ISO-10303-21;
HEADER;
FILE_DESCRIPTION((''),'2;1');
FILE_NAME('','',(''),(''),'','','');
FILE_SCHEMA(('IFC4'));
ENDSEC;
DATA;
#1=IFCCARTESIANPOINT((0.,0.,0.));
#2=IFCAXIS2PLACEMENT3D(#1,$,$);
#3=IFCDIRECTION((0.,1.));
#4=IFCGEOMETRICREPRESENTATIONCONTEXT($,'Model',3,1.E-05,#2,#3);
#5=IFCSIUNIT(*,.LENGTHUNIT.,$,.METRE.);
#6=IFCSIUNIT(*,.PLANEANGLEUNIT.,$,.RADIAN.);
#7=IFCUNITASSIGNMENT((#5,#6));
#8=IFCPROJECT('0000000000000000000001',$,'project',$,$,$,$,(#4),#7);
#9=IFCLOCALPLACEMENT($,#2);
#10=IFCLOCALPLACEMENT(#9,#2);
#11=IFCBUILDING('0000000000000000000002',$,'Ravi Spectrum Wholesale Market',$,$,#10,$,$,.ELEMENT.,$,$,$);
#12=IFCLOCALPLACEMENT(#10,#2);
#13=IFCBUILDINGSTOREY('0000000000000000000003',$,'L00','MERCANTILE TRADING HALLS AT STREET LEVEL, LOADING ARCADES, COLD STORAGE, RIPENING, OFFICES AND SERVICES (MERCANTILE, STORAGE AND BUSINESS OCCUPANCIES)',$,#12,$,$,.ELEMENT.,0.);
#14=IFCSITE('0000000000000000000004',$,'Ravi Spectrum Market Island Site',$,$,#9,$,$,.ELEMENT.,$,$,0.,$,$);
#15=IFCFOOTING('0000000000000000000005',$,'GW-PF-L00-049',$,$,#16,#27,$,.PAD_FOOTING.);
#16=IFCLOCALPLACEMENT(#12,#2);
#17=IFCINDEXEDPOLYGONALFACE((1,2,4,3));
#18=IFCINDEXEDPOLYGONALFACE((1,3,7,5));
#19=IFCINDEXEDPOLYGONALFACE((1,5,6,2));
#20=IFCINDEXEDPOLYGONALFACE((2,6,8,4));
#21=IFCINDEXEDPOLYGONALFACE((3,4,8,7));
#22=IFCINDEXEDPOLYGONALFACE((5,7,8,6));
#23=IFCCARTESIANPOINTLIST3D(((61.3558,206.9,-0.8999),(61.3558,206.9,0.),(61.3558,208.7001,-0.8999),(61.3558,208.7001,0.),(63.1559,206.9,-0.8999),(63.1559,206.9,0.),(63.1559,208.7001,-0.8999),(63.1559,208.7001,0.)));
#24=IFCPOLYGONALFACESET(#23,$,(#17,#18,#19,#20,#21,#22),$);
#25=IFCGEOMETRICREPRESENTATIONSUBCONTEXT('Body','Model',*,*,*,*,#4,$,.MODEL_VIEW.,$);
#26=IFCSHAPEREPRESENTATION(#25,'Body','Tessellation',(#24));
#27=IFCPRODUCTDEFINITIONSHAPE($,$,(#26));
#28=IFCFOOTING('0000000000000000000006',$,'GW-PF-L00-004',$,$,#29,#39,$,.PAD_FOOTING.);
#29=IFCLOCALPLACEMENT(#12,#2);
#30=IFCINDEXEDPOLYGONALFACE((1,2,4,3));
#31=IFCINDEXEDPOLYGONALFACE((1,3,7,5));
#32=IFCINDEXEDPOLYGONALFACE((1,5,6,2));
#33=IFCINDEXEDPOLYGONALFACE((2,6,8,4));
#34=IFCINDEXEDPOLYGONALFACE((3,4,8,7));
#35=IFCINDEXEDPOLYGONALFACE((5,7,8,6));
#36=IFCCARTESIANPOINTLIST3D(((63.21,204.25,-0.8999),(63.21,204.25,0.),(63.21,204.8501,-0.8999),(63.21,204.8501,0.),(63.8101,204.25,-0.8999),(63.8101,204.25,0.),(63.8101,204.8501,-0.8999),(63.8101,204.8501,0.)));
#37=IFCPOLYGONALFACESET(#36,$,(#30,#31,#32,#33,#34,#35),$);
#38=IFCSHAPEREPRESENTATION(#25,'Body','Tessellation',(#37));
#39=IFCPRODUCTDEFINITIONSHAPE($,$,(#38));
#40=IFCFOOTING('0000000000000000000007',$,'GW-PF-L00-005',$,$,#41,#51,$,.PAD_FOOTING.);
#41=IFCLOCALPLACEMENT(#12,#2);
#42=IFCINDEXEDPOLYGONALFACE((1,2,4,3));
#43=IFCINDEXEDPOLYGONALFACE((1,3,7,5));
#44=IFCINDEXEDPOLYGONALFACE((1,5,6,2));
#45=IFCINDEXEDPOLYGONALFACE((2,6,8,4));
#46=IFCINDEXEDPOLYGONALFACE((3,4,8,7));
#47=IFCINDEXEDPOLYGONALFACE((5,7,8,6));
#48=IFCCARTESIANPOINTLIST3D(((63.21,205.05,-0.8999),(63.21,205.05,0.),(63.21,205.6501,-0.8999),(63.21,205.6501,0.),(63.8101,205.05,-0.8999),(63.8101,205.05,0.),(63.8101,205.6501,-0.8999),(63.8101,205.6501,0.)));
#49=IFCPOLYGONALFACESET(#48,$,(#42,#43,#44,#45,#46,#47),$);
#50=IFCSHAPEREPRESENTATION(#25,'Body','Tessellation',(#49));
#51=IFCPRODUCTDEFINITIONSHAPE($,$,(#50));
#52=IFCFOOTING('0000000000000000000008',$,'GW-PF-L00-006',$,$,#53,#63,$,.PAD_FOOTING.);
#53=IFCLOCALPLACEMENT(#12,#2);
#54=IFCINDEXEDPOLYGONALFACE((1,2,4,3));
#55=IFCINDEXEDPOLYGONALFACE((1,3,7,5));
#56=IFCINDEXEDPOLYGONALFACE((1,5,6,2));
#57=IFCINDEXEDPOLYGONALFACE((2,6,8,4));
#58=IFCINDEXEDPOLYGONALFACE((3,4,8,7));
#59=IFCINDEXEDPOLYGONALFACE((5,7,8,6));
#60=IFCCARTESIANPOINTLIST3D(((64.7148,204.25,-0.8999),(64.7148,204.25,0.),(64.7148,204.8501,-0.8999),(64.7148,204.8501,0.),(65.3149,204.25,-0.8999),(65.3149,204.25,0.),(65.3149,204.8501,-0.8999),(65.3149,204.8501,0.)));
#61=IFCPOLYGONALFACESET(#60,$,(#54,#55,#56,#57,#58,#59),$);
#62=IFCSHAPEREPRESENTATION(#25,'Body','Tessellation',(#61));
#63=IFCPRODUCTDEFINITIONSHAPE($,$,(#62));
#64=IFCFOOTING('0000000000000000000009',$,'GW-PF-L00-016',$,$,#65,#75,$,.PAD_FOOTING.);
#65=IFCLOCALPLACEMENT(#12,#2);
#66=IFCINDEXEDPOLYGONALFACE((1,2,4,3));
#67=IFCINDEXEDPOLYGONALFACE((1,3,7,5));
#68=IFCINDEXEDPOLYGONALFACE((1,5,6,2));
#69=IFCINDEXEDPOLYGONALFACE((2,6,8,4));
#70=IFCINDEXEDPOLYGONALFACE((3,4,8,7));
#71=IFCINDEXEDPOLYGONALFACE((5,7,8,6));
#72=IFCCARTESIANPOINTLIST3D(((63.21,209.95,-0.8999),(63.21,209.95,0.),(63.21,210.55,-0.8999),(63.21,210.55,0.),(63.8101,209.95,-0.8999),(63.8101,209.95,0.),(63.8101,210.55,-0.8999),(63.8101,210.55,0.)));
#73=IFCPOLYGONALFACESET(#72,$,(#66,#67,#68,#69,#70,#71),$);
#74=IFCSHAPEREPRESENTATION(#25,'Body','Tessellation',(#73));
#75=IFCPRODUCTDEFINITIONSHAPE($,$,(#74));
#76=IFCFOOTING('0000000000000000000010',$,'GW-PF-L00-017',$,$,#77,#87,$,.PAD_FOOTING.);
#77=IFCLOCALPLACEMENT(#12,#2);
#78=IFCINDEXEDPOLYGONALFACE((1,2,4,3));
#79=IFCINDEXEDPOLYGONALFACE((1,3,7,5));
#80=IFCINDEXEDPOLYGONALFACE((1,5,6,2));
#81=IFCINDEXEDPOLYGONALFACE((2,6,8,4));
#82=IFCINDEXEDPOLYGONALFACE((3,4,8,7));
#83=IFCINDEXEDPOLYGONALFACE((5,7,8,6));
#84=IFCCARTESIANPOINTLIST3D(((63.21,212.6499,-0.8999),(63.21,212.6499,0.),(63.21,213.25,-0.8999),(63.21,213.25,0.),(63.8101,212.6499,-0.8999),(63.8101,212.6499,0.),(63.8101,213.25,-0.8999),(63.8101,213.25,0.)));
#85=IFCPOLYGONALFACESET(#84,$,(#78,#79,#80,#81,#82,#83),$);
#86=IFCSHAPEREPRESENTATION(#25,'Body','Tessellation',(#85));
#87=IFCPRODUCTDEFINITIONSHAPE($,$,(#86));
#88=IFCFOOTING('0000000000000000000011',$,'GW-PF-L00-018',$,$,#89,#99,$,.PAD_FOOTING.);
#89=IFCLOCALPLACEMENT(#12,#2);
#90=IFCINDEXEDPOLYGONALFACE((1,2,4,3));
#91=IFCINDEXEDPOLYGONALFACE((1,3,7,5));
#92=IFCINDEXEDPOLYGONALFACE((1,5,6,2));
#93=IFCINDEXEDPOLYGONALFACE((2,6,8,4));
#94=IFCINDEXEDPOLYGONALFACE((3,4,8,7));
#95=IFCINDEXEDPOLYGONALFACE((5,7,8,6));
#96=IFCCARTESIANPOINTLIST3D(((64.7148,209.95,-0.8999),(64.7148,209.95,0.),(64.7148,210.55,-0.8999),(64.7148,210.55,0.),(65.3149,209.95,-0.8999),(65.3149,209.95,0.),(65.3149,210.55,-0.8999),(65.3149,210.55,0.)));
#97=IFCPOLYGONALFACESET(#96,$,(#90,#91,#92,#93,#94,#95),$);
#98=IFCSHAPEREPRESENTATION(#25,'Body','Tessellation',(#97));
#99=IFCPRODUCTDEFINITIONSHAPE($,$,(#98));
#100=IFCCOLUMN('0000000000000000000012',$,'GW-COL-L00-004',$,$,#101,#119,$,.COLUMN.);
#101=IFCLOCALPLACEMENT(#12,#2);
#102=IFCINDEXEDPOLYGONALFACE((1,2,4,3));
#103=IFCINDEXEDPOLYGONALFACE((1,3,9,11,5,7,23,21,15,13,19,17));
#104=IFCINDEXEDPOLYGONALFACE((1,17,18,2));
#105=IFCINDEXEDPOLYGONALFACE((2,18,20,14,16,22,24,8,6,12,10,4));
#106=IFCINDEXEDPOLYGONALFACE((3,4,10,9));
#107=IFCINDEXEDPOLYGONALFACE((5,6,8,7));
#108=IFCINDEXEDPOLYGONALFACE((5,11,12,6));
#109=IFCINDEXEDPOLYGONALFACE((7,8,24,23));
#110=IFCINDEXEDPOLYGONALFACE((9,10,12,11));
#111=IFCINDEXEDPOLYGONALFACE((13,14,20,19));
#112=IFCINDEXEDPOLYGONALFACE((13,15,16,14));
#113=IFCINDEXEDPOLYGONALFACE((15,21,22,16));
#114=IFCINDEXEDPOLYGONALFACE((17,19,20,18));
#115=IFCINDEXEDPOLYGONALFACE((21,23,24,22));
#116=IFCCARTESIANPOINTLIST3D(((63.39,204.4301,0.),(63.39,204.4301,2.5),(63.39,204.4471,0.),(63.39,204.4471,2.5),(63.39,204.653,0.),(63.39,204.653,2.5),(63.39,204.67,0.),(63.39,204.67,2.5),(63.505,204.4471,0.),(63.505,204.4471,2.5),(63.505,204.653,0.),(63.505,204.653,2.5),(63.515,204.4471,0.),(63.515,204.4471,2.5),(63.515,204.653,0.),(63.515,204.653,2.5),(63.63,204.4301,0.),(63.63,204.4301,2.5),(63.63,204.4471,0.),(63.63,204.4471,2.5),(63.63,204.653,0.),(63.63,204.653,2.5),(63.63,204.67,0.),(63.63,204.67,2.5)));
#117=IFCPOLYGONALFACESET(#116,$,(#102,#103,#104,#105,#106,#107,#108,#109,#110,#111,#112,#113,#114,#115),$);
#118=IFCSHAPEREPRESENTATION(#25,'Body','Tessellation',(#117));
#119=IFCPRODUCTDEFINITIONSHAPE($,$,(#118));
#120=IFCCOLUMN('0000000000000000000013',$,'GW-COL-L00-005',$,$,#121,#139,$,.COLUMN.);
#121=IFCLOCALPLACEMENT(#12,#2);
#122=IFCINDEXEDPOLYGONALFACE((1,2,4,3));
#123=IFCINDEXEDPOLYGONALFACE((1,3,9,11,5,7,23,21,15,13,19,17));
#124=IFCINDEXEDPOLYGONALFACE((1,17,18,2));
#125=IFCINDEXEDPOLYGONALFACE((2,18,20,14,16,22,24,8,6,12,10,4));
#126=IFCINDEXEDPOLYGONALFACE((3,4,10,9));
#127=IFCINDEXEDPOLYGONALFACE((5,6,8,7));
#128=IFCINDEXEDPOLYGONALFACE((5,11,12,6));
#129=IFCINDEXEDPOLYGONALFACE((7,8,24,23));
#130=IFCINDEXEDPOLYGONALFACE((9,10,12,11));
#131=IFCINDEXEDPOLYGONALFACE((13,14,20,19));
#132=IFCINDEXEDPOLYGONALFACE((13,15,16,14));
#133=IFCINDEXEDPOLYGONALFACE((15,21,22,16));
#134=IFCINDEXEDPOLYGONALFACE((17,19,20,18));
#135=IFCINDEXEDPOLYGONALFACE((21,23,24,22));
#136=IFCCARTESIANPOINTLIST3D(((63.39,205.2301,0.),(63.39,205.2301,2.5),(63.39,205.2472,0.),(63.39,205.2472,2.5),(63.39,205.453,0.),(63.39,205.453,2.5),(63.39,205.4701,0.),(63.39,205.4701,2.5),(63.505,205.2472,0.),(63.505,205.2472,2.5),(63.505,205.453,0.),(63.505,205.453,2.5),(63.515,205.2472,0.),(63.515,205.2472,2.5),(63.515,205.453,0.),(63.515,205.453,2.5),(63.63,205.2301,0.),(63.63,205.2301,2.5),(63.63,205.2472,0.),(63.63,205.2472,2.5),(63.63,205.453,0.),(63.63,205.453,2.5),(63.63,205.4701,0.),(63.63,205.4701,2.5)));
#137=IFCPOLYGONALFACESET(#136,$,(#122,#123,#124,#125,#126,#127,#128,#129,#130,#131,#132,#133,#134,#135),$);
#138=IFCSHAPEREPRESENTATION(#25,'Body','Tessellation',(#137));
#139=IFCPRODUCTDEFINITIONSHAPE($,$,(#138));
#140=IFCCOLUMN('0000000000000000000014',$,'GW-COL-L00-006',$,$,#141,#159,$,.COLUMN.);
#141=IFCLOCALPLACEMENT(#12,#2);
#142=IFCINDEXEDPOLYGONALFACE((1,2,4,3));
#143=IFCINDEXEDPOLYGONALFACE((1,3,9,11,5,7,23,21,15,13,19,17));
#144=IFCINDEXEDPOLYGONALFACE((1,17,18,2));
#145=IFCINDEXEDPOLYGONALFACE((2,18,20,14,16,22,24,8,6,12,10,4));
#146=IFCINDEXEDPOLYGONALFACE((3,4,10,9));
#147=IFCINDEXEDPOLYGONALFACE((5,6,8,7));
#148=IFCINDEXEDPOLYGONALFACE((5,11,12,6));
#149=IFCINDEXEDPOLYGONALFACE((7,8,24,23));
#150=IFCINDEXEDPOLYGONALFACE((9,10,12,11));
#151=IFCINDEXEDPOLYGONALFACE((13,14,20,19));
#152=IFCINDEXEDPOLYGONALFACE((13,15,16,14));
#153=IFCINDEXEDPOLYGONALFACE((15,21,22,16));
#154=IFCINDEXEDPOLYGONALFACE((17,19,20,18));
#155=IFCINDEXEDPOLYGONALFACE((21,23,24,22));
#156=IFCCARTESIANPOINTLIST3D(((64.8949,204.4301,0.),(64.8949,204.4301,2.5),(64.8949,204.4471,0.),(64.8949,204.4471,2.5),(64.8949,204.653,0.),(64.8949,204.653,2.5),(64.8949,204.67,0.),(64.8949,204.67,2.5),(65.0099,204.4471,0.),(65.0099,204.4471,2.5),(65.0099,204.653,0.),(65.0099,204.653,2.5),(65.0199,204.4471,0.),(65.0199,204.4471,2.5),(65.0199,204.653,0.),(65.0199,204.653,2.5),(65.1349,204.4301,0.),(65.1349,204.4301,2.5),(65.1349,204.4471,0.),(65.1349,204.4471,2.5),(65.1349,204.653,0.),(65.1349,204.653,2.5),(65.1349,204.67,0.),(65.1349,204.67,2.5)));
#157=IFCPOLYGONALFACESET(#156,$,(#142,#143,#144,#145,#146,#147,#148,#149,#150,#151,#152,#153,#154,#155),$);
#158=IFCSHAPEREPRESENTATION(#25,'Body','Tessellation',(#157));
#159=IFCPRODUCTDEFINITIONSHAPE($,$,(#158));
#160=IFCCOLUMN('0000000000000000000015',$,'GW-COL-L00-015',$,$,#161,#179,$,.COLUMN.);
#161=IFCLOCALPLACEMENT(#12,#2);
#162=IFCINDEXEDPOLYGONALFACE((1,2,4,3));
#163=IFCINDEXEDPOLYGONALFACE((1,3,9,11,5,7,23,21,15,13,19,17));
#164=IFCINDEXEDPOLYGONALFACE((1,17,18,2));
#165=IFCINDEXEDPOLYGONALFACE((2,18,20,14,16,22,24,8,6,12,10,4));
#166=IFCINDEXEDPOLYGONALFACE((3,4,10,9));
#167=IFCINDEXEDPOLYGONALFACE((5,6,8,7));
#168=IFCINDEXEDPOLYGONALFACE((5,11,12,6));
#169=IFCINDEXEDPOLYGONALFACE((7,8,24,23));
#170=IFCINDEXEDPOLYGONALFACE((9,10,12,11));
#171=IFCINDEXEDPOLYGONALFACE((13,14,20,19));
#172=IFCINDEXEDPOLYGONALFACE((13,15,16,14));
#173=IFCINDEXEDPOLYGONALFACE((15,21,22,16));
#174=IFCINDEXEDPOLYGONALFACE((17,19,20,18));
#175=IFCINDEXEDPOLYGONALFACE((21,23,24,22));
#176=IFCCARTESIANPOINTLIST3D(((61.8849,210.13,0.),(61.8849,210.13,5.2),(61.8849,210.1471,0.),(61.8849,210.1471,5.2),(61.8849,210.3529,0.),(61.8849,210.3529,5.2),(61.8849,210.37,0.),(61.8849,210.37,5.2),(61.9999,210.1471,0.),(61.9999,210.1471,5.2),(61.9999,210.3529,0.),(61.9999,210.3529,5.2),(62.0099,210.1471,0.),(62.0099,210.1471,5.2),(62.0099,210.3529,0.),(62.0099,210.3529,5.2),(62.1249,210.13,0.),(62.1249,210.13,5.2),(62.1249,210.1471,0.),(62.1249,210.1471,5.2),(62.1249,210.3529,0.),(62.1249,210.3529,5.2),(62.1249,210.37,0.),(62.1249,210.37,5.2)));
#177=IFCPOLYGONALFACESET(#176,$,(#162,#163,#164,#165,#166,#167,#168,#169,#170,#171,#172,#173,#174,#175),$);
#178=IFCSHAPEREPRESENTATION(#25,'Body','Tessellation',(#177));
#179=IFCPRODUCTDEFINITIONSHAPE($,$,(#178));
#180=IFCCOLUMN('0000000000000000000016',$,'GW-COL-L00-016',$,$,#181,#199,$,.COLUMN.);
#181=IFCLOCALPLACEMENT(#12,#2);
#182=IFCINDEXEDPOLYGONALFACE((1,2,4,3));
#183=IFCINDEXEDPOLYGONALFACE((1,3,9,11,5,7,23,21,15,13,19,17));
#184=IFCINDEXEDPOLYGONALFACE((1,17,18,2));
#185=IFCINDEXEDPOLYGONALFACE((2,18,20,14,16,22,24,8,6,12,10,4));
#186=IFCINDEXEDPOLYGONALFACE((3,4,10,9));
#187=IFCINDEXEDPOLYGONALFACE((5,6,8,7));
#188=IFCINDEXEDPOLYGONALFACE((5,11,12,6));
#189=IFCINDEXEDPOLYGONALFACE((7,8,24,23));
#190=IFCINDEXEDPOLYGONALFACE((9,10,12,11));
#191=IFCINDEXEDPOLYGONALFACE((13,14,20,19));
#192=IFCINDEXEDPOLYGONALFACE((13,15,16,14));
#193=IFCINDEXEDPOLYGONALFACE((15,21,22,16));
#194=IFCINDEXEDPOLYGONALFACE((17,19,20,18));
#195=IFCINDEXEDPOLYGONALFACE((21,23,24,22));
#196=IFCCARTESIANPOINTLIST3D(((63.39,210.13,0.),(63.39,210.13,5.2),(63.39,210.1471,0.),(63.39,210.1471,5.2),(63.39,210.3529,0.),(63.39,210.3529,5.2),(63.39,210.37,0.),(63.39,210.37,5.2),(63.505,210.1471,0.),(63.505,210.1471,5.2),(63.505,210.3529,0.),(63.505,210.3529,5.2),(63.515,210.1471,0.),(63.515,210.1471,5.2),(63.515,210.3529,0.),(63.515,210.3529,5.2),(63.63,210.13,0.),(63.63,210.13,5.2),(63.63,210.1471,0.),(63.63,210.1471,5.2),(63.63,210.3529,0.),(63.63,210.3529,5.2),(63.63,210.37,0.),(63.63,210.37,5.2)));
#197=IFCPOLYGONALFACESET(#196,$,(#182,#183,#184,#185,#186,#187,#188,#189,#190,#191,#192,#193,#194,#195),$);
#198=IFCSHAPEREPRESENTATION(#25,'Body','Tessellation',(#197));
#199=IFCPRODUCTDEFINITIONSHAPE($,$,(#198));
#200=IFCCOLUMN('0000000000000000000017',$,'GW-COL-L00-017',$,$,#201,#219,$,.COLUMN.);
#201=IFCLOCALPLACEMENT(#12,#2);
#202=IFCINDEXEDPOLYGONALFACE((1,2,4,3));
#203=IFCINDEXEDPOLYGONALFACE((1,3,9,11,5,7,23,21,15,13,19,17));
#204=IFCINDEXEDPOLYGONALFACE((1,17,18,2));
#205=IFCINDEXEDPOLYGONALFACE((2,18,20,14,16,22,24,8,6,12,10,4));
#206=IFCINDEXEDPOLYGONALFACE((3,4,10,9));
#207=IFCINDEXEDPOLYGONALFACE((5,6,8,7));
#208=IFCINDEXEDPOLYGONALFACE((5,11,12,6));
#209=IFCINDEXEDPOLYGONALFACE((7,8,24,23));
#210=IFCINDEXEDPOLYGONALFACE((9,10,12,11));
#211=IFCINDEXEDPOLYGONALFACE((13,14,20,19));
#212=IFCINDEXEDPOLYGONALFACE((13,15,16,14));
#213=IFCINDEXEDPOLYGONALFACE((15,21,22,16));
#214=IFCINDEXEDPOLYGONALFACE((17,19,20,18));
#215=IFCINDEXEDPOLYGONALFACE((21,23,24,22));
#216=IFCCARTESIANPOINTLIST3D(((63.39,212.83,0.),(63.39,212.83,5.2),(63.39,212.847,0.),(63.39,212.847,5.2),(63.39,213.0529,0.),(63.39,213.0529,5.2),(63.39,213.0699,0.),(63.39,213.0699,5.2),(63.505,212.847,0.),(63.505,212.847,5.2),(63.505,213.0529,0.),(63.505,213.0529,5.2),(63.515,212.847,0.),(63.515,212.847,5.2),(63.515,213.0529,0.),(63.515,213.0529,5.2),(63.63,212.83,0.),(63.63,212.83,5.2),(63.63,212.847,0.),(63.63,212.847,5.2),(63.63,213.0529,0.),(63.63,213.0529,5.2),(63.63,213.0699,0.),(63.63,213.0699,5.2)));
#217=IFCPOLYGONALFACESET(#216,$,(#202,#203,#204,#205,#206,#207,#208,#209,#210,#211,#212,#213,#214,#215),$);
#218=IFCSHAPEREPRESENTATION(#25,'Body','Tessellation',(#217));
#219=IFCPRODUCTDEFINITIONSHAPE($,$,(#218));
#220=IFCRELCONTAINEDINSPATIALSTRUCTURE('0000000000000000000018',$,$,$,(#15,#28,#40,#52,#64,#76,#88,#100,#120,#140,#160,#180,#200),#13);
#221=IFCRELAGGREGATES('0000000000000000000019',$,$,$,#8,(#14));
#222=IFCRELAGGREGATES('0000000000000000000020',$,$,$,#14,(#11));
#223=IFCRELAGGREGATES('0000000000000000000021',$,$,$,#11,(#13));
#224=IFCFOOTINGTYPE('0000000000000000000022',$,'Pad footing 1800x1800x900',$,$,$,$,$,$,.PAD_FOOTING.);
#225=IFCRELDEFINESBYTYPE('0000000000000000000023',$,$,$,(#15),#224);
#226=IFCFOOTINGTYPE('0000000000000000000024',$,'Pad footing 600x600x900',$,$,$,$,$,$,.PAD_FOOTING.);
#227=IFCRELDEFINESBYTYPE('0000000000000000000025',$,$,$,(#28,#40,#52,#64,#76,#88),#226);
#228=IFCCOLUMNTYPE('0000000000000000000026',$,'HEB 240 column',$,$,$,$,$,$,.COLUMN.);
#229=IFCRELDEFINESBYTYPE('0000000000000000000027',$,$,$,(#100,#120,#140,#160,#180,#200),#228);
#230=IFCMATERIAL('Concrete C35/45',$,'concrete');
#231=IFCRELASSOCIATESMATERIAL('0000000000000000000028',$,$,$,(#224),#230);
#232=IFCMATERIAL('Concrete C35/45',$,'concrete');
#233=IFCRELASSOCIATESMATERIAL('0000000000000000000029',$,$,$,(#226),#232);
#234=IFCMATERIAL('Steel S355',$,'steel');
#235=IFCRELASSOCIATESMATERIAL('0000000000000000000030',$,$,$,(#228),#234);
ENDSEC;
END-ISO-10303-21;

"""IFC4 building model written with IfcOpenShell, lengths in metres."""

from ifc_helpers import new_model, si_unit, direction, frame, origin, origin_2d, place, context, subcontext, project, spatial, rectangle, i_section, extrude, material, material_profile, profile_set, type_object, element, save


model = new_model("IFC4")

# Units and contexts
model_context = context("Model", 3, precision=1e-05, world=origin(), true_north=direction((0.0, 1.0)))
body_context = subcontext(model_context, "Body", "Model", "MODEL_VIEW")
ifc_project = project(units=[si_unit("LENGTHUNIT", "METRE"), si_unit("PLANEANGLEUNIT", "RADIAN")], contexts=[model_context])

# Site, building, storey
site_placement = place(None, origin())
site = spatial("IfcSite", under=ifc_project, at=site_placement, Name="Ravi Spectrum Market Island Site", CompositionType="ELEMENT", RefElevation=0.0)
building_placement = place(site_placement, origin())
building = spatial("IfcBuilding", under=site, at=building_placement, Name="Ravi Spectrum Wholesale Market", CompositionType="ELEMENT")
storey_placement = place(building_placement, origin())
storey = spatial("IfcBuildingStorey", under=building, at=storey_placement, Name="L00", Description="MERCANTILE TRADING HALLS AT STREET LEVEL, LOADING ARCADES, COLD STORAGE, RIPENING, OFFICES AND SERVICES (MERCANTILE, STORAGE AND BUSINESS OCCUPANCIES)", CompositionType="ELEMENT", Elevation=0.0)

# Footings
ifc_material_1 = material(Name="Concrete C35/45", Category="concrete")
footing_type_1 = type_object("IfcFootingType", Name="Pad footing 1800x1800x900", PredefinedType="PAD_FOOTING", material=ifc_material_1)
footing_placement = place(storey_placement, frame((62.2559, 207.8, -0.8999), z_axis=(0.0, 0.0, 1.0), x_axis=(1.0, 0.0, 0.0)))
element("IfcFooting", 1, at=footing_placement, inside=storey, type_object=footing_type_1, Name="GW-PF-L00-049", PredefinedType="PAD_FOOTING", context=body_context, shape_type="SweptSolid", body=[
    extrude(rectangle(XDim=1.8, YDim=1.8, at=origin_2d()), origin(), (0.0, 0.0, 1.0), 0.8999),
])
ifc_material_2 = material(Name="Concrete C35/45", Category="concrete")
footing_type_2 = type_object("IfcFootingType", Name="Pad footing 600x600x900", PredefinedType="PAD_FOOTING", material=ifc_material_2)
for number, where, z_axis, x_axis, name in (
    (2, (63.51, 204.55, -0.8999), (0.0, 0.0, 1.0), (1.0, 0.0, 0.0), "GW-PF-L00-004"),
    (3, (63.51, 205.3501, -0.8999), (0.0, 0.0, 1.0), (1.0, 0.0, 0.0), "GW-PF-L00-005"),
    (4, (65.0149, 204.55, -0.8999), (0.0, 0.0, 1.0), (1.0, 0.0, 0.0), "GW-PF-L00-006"),
    (5, (63.51, 210.25, -0.8999), (0.0, 0.0, 1.0), (1.0, 0.0, 0.0), "GW-PF-L00-016"),
    (6, (63.51, 212.95, -0.8999), (0.0, 0.0, 1.0), (1.0, 0.0, 0.0), "GW-PF-L00-017"),
    (7, (65.0149, 210.25, -0.8999), (0.0, 0.0, 1.0), (1.0, 0.0, 0.0), "GW-PF-L00-018"),
):
    element("IfcFooting", number, at=place(storey_placement, frame(where, z_axis=z_axis, x_axis=x_axis)), inside=storey, type_object=footing_type_2, Name=name, PredefinedType="PAD_FOOTING", context=body_context, shape_type="SweptSolid", body=[
        extrude(rectangle(XDim=0.6001, YDim=0.6001, at=origin_2d()), origin(), (0.0, 0.0, 1.0), 0.8999),
    ])

# Columns
ifc_material_3 = material(Name="Steel S355", Category="steel")
ifc_material_profile = material_profile(ifc_material_3, i_section(OverallWidth=0.24, OverallDepth=0.24, WebThickness=0.01, FlangeThickness=0.0171, at=origin_2d()))
ifc_profile_set = profile_set([ifc_material_profile], Name="Steel S355")
column_type = type_object("IfcColumnType", Name="HEB 240 column", PredefinedType="COLUMN", material=ifc_profile_set)
for number, where, z_axis, x_axis, name in (
    (8, (63.51, 204.55, 0.0), (0.0, 0.0, 1.0), (1.0, 0.0, 0.0), "GW-COL-L00-004"),
    (9, (63.51, 205.3501, 0.0), (0.0, 0.0, 1.0), (1.0, 0.0, 0.0), "GW-COL-L00-005"),
    (10, (65.0149, 204.55, 0.0), (0.0, 0.0, 1.0), (1.0, 0.0, 0.0), "GW-COL-L00-006"),
):
    element("IfcColumn", number, at=place(storey_placement, frame(where, z_axis=z_axis, x_axis=x_axis)), inside=storey, type_object=column_type, Name=name, PredefinedType="COLUMN", context=body_context, shape_type="SweptSolid", body=[
        extrude(i_section(OverallWidth=0.24, OverallDepth=0.24, WebThickness=0.01, FlangeThickness=0.0171, at=origin_2d()), origin(), (0.0, 0.0, 1.0), 2.5),
    ])
for number, where, z_axis, x_axis, name in (
    (11, (62.0049, 210.25, 0.0), (0.0, 0.0, 1.0), (1.0, 0.0, 0.0), "GW-COL-L00-015"),
    (12, (63.51, 210.25, 0.0), (0.0, 0.0, 1.0), (1.0, 0.0, 0.0), "GW-COL-L00-016"),
    (13, (63.51, 212.95, 0.0), (0.0, 0.0, 1.0), (1.0, 0.0, 0.0), "GW-COL-L00-017"),
):
    element("IfcColumn", number, at=place(storey_placement, frame(where, z_axis=z_axis, x_axis=x_axis)), inside=storey, type_object=column_type, Name=name, PredefinedType="COLUMN", context=body_context, shape_type="SweptSolid", body=[
        extrude(i_section(OverallWidth=0.24, OverallDepth=0.24, WebThickness=0.01, FlangeThickness=0.0171, at=origin_2d()), origin(), (0.0, 0.0, 1.0), 5.2),
    ])

save(model, "model.ifc")
